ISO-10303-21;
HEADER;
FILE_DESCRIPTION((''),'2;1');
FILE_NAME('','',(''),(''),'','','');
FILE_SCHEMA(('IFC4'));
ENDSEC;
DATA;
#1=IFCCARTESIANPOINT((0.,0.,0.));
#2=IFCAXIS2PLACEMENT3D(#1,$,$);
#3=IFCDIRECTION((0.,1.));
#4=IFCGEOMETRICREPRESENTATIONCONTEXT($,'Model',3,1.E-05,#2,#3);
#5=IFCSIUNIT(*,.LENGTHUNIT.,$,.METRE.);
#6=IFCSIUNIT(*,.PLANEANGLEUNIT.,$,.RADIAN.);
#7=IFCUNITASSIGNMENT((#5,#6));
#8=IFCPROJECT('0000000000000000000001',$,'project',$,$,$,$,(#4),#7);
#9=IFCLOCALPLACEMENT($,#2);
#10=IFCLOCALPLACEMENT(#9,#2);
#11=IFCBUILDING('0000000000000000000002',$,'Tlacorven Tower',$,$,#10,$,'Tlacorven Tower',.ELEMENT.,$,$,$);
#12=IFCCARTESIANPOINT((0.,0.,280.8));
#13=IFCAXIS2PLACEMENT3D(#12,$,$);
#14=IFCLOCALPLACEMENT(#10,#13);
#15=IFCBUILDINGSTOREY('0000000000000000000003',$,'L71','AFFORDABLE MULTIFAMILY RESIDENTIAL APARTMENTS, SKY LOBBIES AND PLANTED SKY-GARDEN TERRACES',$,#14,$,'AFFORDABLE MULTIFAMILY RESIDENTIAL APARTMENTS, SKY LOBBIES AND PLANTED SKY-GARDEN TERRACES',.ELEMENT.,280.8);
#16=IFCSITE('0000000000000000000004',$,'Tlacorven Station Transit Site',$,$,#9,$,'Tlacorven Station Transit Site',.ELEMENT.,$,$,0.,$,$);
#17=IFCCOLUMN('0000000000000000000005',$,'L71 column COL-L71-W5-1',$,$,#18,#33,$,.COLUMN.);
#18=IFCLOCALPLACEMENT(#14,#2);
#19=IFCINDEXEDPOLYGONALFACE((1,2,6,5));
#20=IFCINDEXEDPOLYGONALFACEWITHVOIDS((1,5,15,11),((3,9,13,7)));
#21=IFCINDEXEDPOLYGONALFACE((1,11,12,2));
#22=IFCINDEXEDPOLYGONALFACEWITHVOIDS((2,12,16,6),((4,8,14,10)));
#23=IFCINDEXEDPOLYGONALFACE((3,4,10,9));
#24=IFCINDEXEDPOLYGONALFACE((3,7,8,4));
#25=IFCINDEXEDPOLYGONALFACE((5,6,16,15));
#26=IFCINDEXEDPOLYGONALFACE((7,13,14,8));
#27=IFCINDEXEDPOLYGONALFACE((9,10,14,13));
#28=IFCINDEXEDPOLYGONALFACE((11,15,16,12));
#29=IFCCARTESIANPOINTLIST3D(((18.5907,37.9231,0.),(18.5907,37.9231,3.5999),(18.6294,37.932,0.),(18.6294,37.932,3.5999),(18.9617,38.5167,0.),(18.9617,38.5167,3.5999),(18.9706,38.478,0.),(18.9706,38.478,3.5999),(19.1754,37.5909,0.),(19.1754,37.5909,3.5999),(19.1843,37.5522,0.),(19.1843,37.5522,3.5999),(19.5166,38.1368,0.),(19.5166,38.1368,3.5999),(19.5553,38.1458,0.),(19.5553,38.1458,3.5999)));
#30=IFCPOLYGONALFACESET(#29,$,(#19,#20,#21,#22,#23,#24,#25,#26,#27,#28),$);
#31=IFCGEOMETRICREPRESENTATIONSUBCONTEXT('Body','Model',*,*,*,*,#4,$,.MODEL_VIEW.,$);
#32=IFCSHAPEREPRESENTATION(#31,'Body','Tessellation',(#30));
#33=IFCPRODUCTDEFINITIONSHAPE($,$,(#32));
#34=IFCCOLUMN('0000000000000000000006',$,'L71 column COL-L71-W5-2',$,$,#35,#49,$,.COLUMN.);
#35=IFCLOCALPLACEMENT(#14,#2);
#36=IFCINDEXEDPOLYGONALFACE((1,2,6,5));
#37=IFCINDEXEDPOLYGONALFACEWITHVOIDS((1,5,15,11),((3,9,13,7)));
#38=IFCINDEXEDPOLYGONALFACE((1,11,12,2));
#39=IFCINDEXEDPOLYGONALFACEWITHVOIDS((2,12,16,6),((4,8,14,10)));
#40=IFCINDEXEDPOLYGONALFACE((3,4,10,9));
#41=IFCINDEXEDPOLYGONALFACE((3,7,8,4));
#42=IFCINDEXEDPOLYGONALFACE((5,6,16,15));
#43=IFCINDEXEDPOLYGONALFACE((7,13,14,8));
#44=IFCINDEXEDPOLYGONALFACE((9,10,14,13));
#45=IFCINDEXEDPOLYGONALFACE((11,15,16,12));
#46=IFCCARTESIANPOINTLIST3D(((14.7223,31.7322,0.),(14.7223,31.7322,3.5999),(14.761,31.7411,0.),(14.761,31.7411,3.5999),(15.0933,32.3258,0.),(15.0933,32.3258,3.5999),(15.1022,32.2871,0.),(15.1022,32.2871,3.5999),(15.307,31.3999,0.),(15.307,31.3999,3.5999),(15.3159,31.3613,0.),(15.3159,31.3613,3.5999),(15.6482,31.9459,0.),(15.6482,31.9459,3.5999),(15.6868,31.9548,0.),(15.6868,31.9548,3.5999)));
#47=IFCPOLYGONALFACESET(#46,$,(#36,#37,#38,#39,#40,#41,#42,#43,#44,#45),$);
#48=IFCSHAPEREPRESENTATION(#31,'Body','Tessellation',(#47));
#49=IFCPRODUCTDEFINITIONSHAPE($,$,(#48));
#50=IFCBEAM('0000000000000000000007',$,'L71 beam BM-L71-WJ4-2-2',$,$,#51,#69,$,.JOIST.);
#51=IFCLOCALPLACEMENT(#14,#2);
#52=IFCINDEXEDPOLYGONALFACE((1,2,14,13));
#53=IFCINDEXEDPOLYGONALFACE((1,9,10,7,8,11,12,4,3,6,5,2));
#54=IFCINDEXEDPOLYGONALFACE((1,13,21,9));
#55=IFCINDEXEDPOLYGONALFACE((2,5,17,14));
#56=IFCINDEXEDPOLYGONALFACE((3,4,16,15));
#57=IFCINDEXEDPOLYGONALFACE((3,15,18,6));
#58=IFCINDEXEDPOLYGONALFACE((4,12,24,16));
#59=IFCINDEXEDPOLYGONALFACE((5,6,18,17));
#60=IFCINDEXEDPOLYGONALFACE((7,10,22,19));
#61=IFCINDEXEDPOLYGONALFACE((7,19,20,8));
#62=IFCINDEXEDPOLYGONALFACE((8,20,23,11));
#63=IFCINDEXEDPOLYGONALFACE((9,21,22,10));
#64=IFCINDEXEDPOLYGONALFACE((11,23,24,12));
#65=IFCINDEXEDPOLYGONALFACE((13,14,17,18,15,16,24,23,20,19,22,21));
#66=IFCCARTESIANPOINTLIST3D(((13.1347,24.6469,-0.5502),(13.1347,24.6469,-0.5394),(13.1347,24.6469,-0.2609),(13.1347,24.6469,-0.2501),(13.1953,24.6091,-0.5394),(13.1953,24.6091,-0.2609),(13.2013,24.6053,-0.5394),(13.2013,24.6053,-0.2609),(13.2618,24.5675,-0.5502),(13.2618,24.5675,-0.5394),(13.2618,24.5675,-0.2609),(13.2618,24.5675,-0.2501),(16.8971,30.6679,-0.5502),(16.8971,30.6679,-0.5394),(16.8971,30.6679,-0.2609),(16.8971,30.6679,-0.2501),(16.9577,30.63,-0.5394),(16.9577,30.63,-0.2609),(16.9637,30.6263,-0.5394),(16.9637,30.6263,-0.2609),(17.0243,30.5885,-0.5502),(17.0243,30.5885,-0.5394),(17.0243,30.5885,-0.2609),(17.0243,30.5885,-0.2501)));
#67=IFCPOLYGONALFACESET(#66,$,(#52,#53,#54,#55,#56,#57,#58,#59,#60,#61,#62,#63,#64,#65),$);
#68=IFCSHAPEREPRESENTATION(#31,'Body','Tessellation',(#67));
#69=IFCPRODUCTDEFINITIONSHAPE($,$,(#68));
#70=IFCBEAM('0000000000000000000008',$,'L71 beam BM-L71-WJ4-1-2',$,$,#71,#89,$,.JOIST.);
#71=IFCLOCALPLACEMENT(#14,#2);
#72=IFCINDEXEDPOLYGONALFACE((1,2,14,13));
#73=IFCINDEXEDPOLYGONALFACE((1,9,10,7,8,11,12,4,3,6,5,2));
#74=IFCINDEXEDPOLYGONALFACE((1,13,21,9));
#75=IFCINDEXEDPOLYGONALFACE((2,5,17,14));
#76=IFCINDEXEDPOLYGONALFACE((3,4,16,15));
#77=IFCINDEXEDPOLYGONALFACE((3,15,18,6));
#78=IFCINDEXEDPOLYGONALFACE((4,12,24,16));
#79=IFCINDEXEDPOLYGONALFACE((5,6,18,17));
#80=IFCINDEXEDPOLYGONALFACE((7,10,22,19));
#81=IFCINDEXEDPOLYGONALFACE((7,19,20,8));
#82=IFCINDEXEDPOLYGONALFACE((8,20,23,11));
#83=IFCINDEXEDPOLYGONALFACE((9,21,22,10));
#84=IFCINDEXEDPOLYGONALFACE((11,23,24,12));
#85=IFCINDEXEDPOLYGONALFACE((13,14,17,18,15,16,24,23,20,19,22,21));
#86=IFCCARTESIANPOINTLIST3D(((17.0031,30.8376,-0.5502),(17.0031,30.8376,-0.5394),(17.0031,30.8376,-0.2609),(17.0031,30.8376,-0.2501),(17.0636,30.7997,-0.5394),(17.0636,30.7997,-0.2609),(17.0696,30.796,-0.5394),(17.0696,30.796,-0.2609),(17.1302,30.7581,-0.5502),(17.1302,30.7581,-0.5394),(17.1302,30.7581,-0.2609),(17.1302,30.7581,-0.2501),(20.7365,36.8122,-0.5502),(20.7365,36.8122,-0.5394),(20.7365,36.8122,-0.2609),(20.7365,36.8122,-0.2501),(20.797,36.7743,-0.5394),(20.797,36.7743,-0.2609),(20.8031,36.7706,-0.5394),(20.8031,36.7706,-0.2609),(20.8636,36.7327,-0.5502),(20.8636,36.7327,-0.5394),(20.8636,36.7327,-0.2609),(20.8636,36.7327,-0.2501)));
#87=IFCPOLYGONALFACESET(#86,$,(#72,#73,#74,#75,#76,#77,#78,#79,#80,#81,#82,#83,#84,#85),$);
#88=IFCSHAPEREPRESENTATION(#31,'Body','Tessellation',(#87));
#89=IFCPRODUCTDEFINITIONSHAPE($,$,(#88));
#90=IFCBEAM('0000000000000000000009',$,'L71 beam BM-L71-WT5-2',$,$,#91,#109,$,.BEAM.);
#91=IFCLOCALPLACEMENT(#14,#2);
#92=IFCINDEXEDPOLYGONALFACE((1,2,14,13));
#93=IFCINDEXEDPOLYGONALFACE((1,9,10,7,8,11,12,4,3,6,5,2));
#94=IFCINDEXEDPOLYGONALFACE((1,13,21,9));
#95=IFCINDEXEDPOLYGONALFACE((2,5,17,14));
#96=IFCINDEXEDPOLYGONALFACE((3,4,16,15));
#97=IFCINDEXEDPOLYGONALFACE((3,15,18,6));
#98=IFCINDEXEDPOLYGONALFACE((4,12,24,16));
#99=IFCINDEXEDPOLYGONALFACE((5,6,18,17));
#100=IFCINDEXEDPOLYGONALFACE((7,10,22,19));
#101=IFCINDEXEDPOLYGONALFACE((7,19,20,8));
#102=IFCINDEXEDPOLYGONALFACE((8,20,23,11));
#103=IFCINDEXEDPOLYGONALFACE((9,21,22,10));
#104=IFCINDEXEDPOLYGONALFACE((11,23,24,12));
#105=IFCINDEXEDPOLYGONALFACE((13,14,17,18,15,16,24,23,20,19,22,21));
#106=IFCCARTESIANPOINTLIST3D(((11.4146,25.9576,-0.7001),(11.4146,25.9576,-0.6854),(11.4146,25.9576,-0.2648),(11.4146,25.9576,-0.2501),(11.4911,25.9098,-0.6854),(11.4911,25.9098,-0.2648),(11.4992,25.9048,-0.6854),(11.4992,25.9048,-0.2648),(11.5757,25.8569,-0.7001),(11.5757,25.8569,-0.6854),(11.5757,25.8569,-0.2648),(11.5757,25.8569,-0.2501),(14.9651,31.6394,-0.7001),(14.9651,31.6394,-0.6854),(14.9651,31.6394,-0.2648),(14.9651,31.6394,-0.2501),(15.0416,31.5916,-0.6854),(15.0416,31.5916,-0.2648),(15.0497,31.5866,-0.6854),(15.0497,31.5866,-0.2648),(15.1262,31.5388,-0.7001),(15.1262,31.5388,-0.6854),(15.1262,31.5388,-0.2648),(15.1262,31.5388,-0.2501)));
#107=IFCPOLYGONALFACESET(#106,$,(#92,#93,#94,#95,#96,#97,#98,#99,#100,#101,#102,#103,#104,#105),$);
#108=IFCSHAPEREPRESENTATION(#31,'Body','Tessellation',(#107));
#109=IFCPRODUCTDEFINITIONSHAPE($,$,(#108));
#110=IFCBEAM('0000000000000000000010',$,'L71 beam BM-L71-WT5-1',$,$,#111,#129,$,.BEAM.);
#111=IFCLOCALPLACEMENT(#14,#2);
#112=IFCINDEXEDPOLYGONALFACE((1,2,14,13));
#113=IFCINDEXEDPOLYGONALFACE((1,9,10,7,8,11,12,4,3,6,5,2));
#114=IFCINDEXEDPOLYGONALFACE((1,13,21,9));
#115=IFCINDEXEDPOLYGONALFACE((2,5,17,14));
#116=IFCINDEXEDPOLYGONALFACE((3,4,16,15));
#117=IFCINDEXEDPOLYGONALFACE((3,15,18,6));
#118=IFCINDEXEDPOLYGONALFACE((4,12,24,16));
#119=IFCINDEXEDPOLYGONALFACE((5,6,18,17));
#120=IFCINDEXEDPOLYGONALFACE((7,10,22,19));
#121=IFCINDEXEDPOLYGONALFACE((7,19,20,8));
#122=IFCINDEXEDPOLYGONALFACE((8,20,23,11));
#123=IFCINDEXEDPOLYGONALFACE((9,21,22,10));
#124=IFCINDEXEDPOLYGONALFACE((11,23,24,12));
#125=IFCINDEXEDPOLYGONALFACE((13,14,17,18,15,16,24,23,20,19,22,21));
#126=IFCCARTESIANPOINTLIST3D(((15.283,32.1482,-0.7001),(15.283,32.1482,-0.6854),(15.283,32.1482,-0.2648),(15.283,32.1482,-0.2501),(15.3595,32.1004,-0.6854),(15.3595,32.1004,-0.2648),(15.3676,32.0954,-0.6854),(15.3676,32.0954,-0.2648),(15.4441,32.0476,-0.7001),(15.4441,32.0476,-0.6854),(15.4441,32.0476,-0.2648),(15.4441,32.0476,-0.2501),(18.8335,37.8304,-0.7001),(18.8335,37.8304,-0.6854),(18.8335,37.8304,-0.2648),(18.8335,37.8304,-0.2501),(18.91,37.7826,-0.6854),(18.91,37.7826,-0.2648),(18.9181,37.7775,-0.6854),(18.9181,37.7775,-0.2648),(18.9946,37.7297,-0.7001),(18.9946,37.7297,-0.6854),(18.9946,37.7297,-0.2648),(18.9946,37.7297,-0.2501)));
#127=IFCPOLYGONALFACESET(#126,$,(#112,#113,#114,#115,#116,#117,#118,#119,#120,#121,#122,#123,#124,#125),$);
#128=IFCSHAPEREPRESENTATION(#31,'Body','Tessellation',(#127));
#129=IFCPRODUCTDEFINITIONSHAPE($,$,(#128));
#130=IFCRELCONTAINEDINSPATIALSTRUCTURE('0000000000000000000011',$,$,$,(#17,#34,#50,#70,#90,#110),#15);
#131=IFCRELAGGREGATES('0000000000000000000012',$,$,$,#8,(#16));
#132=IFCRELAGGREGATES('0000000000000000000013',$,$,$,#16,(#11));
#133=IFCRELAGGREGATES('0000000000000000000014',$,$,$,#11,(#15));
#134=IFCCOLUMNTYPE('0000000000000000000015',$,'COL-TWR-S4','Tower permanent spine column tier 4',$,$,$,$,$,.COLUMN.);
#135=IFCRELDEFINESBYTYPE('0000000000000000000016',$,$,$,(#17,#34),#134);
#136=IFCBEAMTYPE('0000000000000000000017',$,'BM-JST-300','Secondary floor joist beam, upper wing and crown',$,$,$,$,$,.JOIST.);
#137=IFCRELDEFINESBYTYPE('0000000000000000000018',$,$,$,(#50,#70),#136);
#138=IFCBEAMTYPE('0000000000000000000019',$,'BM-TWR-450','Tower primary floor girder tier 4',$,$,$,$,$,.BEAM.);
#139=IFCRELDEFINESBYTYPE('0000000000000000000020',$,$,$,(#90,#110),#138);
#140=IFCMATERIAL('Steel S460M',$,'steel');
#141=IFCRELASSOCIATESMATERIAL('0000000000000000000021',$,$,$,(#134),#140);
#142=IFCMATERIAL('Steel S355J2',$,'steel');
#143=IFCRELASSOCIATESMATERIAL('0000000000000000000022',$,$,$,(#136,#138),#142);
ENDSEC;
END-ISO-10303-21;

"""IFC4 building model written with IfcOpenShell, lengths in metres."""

from ifc_helpers import new_model, si_unit, direction, frame, origin, origin_2d, place, context, subcontext, project, spatial, hollow_rectangle, i_section, extrude, source, transform, mapped, material, material_profile, profile_set, type_object, element, save


model = new_model("IFC4")

# Units and contexts
model_context = context("Model", 3, precision=1e-05, world=origin(), true_north=direction((0.0, 1.0)))
body_context = subcontext(model_context, "Body", "Model", "MODEL_VIEW")
ifc_project = project(units=[si_unit("LENGTHUNIT", "METRE"), si_unit("PLANEANGLEUNIT", "RADIAN")], contexts=[model_context])

# Site, building, storey
site_placement = place(None, origin())
site = spatial("IfcSite", under=ifc_project, at=site_placement, Name="Tlacorven Station Transit Site", LongName="Tlacorven Station Transit Site", CompositionType="ELEMENT", RefElevation=0.0)
building_placement = place(site_placement, origin())
building = spatial("IfcBuilding", under=site, at=building_placement, Name="Tlacorven Tower", LongName="Tlacorven Tower", CompositionType="ELEMENT")
storey_placement = place(building_placement, frame((0.0, 0.0, 280.8)))
storey = spatial("IfcBuildingStorey", under=building, at=storey_placement, Name="L71", Description="AFFORDABLE MULTIFAMILY RESIDENTIAL APARTMENTS, SKY LOBBIES AND PLANTED SKY-GARDEN TERRACES", LongName="AFFORDABLE MULTIFAMILY RESIDENTIAL APARTMENTS, SKY LOBBIES AND PLANTED SKY-GARDEN TERRACES", CompositionType="ELEMENT", Elevation=280.8)

# Columns
ifc_material_1 = material(Name="Steel S460M", Category="steel")
ifc_material_profile_1 = material_profile(ifc_material_1, hollow_rectangle(XDim=0.7, YDim=0.7, WallThickness=0.0281, at=origin_2d()), Name="BOX 700X700X28")
ifc_profile_set_1 = profile_set([ifc_material_profile_1], Name="Steel S460M")
column_type = type_object("IfcColumnType", Name="COL-TWR-S4", Description="Tower permanent spine column tier 4", PredefinedType="COLUMN", material=ifc_profile_set_1)
shared_shape_1 = source(origin(), body_context, "Body", "SweptSolid", [
    extrude(hollow_rectangle(XDim=0.7, YDim=0.7, WallThickness=0.0281, at=origin_2d()), origin(), (0.0, 0.0, 1.0), 3.5999),
])
for number, where, z_axis, x_axis, name in (
    (1, (19.073, 38.0344, 0.0), (0.0, 0.0, 1.0), (-0.848048, 0.529919, 0.0), "L71 column COL-L71-W5-1"),
    (2, (15.2046, 31.8435, 0.0), (0.0, 0.0, 1.0), (-0.848048, 0.529919, 0.0), "L71 column COL-L71-W5-2"),
):
    element("IfcColumn", number, at=place(storey_placement, frame(where, z_axis=z_axis, x_axis=x_axis)), inside=storey, type_object=column_type, Name=name, PredefinedType="COLUMN", context=body_context, shape_type="MappedRepresentation", body=[
        mapped(shared_shape_1, transform((0.0, 0.0, 0.0), scale=1.0)),
    ])

# Beams
ifc_material_2 = material(Name="Steel S355J2", Category="steel")
ifc_material_profile_2 = material_profile(ifc_material_2, i_section(OverallWidth=0.1499, OverallDepth=0.3, WebThickness=0.0071, FlangeThickness=0.0107, at=origin_2d()), Name="IPE 300")
ifc_profile_set_2 = profile_set([ifc_material_profile_2], Name="Steel S355J2")
beam_type_1 = type_object("IfcBeamType", Name="BM-JST-300", Description="Secondary floor joist beam, upper wing and crown", PredefinedType="JOIST", material=ifc_profile_set_2)
shared_shape_2 = source(origin(), body_context, "Body", "SweptSolid", [
    extrude(i_section(OverallWidth=0.1499, OverallDepth=0.3, WebThickness=0.0071, FlangeThickness=0.0107, at=origin_2d()), origin(), (0.0, 0.0, 1.0), 7.0999),
])
beam_1_placement = place(storey_placement, frame((16.9607, 30.6282, -0.4001), z_axis=(-0.529931, -0.848041, 0.0), x_axis=(0.848041, -0.529931, 0.0)))
element("IfcBeam", 3, at=beam_1_placement, inside=storey, type_object=beam_type_1, Name="L71 beam BM-L71-WJ4-2-2", PredefinedType="JOIST", context=body_context, shape_type="MappedRepresentation", body=[
    mapped(shared_shape_2, transform((0.0, 0.0, 0.0), scale=1.0)),
])
shared_shape_3 = source(origin(), body_context, "Body", "SweptSolid", [
    extrude(i_section(OverallWidth=0.1499, OverallDepth=0.3, WebThickness=0.0071, FlangeThickness=0.0107, at=origin_2d()), origin(), (0.0, 0.0, 1.0), 7.0452),
])
beam_2_placement = place(storey_placement, frame((20.8, 36.7725, -0.4001), z_axis=(-0.529924, -0.848045, 0.0), x_axis=(0.848045, -0.529924, 0.0)))
element("IfcBeam", 4, at=beam_2_placement, inside=storey, type_object=beam_type_1, Name="L71 beam BM-L71-WJ4-1-2", PredefinedType="JOIST", context=body_context, shape_type="MappedRepresentation", body=[
    mapped(shared_shape_3, transform((0.0, 0.0, 0.0), scale=1.0)),
])
ifc_material_profile_3 = material_profile(ifc_material_2, i_section(OverallWidth=0.1899, OverallDepth=0.45, WebThickness=0.0095, FlangeThickness=0.0146, at=origin_2d()), Name="IPE 450")
ifc_profile_set_3 = profile_set([ifc_material_profile_3], Name="Steel S355J2")
beam_type_2 = type_object("IfcBeamType", Name="BM-TWR-450", Description="Tower primary floor girder tier 4", PredefinedType="BEAM", material=ifc_profile_set_3)
shared_shape_4 = source(origin(), body_context, "Body", "SweptSolid", [
    extrude(i_section(OverallWidth=0.1899, OverallDepth=0.45, WebThickness=0.0095, FlangeThickness=0.0146, at=origin_2d()), origin(), (0.0, 0.0, 1.0), 6.7),
])
beam_3_placement = place(storey_placement, frame((15.0457, 31.5891, -0.4751), z_axis=(-0.52993, -0.848041, 0.0), x_axis=(0.848041, -0.52993, 0.0)))
element("IfcBeam", 5, at=beam_3_placement, inside=storey, type_object=beam_type_2, Name="L71 beam BM-L71-WT5-2", PredefinedType="BEAM", context=body_context, shape_type="MappedRepresentation", body=[
    mapped(shared_shape_4, transform((0.0, 0.0, 0.0), scale=1.0)),
])
shared_shape_5 = source(origin(), body_context, "Body", "SweptSolid", [
    extrude(i_section(OverallWidth=0.1899, OverallDepth=0.45, WebThickness=0.0095, FlangeThickness=0.0146, at=origin_2d()), origin(), (0.0, 0.0, 1.0), 6.7002),
])
beam_4_placement = place(storey_placement, frame((18.9141, 37.78, -0.4751), z_axis=(-0.529914, -0.848052, 0.0), x_axis=(0.848052, -0.529914, 0.0)))
element("IfcBeam", 6, at=beam_4_placement, inside=storey, type_object=beam_type_2, Name="L71 beam BM-L71-WT5-1", PredefinedType="BEAM", context=body_context, shape_type="MappedRepresentation", body=[
    mapped(shared_shape_5, transform((0.0, 0.0, 0.0), scale=1.0)),
])

save(model, "model.ifc")
